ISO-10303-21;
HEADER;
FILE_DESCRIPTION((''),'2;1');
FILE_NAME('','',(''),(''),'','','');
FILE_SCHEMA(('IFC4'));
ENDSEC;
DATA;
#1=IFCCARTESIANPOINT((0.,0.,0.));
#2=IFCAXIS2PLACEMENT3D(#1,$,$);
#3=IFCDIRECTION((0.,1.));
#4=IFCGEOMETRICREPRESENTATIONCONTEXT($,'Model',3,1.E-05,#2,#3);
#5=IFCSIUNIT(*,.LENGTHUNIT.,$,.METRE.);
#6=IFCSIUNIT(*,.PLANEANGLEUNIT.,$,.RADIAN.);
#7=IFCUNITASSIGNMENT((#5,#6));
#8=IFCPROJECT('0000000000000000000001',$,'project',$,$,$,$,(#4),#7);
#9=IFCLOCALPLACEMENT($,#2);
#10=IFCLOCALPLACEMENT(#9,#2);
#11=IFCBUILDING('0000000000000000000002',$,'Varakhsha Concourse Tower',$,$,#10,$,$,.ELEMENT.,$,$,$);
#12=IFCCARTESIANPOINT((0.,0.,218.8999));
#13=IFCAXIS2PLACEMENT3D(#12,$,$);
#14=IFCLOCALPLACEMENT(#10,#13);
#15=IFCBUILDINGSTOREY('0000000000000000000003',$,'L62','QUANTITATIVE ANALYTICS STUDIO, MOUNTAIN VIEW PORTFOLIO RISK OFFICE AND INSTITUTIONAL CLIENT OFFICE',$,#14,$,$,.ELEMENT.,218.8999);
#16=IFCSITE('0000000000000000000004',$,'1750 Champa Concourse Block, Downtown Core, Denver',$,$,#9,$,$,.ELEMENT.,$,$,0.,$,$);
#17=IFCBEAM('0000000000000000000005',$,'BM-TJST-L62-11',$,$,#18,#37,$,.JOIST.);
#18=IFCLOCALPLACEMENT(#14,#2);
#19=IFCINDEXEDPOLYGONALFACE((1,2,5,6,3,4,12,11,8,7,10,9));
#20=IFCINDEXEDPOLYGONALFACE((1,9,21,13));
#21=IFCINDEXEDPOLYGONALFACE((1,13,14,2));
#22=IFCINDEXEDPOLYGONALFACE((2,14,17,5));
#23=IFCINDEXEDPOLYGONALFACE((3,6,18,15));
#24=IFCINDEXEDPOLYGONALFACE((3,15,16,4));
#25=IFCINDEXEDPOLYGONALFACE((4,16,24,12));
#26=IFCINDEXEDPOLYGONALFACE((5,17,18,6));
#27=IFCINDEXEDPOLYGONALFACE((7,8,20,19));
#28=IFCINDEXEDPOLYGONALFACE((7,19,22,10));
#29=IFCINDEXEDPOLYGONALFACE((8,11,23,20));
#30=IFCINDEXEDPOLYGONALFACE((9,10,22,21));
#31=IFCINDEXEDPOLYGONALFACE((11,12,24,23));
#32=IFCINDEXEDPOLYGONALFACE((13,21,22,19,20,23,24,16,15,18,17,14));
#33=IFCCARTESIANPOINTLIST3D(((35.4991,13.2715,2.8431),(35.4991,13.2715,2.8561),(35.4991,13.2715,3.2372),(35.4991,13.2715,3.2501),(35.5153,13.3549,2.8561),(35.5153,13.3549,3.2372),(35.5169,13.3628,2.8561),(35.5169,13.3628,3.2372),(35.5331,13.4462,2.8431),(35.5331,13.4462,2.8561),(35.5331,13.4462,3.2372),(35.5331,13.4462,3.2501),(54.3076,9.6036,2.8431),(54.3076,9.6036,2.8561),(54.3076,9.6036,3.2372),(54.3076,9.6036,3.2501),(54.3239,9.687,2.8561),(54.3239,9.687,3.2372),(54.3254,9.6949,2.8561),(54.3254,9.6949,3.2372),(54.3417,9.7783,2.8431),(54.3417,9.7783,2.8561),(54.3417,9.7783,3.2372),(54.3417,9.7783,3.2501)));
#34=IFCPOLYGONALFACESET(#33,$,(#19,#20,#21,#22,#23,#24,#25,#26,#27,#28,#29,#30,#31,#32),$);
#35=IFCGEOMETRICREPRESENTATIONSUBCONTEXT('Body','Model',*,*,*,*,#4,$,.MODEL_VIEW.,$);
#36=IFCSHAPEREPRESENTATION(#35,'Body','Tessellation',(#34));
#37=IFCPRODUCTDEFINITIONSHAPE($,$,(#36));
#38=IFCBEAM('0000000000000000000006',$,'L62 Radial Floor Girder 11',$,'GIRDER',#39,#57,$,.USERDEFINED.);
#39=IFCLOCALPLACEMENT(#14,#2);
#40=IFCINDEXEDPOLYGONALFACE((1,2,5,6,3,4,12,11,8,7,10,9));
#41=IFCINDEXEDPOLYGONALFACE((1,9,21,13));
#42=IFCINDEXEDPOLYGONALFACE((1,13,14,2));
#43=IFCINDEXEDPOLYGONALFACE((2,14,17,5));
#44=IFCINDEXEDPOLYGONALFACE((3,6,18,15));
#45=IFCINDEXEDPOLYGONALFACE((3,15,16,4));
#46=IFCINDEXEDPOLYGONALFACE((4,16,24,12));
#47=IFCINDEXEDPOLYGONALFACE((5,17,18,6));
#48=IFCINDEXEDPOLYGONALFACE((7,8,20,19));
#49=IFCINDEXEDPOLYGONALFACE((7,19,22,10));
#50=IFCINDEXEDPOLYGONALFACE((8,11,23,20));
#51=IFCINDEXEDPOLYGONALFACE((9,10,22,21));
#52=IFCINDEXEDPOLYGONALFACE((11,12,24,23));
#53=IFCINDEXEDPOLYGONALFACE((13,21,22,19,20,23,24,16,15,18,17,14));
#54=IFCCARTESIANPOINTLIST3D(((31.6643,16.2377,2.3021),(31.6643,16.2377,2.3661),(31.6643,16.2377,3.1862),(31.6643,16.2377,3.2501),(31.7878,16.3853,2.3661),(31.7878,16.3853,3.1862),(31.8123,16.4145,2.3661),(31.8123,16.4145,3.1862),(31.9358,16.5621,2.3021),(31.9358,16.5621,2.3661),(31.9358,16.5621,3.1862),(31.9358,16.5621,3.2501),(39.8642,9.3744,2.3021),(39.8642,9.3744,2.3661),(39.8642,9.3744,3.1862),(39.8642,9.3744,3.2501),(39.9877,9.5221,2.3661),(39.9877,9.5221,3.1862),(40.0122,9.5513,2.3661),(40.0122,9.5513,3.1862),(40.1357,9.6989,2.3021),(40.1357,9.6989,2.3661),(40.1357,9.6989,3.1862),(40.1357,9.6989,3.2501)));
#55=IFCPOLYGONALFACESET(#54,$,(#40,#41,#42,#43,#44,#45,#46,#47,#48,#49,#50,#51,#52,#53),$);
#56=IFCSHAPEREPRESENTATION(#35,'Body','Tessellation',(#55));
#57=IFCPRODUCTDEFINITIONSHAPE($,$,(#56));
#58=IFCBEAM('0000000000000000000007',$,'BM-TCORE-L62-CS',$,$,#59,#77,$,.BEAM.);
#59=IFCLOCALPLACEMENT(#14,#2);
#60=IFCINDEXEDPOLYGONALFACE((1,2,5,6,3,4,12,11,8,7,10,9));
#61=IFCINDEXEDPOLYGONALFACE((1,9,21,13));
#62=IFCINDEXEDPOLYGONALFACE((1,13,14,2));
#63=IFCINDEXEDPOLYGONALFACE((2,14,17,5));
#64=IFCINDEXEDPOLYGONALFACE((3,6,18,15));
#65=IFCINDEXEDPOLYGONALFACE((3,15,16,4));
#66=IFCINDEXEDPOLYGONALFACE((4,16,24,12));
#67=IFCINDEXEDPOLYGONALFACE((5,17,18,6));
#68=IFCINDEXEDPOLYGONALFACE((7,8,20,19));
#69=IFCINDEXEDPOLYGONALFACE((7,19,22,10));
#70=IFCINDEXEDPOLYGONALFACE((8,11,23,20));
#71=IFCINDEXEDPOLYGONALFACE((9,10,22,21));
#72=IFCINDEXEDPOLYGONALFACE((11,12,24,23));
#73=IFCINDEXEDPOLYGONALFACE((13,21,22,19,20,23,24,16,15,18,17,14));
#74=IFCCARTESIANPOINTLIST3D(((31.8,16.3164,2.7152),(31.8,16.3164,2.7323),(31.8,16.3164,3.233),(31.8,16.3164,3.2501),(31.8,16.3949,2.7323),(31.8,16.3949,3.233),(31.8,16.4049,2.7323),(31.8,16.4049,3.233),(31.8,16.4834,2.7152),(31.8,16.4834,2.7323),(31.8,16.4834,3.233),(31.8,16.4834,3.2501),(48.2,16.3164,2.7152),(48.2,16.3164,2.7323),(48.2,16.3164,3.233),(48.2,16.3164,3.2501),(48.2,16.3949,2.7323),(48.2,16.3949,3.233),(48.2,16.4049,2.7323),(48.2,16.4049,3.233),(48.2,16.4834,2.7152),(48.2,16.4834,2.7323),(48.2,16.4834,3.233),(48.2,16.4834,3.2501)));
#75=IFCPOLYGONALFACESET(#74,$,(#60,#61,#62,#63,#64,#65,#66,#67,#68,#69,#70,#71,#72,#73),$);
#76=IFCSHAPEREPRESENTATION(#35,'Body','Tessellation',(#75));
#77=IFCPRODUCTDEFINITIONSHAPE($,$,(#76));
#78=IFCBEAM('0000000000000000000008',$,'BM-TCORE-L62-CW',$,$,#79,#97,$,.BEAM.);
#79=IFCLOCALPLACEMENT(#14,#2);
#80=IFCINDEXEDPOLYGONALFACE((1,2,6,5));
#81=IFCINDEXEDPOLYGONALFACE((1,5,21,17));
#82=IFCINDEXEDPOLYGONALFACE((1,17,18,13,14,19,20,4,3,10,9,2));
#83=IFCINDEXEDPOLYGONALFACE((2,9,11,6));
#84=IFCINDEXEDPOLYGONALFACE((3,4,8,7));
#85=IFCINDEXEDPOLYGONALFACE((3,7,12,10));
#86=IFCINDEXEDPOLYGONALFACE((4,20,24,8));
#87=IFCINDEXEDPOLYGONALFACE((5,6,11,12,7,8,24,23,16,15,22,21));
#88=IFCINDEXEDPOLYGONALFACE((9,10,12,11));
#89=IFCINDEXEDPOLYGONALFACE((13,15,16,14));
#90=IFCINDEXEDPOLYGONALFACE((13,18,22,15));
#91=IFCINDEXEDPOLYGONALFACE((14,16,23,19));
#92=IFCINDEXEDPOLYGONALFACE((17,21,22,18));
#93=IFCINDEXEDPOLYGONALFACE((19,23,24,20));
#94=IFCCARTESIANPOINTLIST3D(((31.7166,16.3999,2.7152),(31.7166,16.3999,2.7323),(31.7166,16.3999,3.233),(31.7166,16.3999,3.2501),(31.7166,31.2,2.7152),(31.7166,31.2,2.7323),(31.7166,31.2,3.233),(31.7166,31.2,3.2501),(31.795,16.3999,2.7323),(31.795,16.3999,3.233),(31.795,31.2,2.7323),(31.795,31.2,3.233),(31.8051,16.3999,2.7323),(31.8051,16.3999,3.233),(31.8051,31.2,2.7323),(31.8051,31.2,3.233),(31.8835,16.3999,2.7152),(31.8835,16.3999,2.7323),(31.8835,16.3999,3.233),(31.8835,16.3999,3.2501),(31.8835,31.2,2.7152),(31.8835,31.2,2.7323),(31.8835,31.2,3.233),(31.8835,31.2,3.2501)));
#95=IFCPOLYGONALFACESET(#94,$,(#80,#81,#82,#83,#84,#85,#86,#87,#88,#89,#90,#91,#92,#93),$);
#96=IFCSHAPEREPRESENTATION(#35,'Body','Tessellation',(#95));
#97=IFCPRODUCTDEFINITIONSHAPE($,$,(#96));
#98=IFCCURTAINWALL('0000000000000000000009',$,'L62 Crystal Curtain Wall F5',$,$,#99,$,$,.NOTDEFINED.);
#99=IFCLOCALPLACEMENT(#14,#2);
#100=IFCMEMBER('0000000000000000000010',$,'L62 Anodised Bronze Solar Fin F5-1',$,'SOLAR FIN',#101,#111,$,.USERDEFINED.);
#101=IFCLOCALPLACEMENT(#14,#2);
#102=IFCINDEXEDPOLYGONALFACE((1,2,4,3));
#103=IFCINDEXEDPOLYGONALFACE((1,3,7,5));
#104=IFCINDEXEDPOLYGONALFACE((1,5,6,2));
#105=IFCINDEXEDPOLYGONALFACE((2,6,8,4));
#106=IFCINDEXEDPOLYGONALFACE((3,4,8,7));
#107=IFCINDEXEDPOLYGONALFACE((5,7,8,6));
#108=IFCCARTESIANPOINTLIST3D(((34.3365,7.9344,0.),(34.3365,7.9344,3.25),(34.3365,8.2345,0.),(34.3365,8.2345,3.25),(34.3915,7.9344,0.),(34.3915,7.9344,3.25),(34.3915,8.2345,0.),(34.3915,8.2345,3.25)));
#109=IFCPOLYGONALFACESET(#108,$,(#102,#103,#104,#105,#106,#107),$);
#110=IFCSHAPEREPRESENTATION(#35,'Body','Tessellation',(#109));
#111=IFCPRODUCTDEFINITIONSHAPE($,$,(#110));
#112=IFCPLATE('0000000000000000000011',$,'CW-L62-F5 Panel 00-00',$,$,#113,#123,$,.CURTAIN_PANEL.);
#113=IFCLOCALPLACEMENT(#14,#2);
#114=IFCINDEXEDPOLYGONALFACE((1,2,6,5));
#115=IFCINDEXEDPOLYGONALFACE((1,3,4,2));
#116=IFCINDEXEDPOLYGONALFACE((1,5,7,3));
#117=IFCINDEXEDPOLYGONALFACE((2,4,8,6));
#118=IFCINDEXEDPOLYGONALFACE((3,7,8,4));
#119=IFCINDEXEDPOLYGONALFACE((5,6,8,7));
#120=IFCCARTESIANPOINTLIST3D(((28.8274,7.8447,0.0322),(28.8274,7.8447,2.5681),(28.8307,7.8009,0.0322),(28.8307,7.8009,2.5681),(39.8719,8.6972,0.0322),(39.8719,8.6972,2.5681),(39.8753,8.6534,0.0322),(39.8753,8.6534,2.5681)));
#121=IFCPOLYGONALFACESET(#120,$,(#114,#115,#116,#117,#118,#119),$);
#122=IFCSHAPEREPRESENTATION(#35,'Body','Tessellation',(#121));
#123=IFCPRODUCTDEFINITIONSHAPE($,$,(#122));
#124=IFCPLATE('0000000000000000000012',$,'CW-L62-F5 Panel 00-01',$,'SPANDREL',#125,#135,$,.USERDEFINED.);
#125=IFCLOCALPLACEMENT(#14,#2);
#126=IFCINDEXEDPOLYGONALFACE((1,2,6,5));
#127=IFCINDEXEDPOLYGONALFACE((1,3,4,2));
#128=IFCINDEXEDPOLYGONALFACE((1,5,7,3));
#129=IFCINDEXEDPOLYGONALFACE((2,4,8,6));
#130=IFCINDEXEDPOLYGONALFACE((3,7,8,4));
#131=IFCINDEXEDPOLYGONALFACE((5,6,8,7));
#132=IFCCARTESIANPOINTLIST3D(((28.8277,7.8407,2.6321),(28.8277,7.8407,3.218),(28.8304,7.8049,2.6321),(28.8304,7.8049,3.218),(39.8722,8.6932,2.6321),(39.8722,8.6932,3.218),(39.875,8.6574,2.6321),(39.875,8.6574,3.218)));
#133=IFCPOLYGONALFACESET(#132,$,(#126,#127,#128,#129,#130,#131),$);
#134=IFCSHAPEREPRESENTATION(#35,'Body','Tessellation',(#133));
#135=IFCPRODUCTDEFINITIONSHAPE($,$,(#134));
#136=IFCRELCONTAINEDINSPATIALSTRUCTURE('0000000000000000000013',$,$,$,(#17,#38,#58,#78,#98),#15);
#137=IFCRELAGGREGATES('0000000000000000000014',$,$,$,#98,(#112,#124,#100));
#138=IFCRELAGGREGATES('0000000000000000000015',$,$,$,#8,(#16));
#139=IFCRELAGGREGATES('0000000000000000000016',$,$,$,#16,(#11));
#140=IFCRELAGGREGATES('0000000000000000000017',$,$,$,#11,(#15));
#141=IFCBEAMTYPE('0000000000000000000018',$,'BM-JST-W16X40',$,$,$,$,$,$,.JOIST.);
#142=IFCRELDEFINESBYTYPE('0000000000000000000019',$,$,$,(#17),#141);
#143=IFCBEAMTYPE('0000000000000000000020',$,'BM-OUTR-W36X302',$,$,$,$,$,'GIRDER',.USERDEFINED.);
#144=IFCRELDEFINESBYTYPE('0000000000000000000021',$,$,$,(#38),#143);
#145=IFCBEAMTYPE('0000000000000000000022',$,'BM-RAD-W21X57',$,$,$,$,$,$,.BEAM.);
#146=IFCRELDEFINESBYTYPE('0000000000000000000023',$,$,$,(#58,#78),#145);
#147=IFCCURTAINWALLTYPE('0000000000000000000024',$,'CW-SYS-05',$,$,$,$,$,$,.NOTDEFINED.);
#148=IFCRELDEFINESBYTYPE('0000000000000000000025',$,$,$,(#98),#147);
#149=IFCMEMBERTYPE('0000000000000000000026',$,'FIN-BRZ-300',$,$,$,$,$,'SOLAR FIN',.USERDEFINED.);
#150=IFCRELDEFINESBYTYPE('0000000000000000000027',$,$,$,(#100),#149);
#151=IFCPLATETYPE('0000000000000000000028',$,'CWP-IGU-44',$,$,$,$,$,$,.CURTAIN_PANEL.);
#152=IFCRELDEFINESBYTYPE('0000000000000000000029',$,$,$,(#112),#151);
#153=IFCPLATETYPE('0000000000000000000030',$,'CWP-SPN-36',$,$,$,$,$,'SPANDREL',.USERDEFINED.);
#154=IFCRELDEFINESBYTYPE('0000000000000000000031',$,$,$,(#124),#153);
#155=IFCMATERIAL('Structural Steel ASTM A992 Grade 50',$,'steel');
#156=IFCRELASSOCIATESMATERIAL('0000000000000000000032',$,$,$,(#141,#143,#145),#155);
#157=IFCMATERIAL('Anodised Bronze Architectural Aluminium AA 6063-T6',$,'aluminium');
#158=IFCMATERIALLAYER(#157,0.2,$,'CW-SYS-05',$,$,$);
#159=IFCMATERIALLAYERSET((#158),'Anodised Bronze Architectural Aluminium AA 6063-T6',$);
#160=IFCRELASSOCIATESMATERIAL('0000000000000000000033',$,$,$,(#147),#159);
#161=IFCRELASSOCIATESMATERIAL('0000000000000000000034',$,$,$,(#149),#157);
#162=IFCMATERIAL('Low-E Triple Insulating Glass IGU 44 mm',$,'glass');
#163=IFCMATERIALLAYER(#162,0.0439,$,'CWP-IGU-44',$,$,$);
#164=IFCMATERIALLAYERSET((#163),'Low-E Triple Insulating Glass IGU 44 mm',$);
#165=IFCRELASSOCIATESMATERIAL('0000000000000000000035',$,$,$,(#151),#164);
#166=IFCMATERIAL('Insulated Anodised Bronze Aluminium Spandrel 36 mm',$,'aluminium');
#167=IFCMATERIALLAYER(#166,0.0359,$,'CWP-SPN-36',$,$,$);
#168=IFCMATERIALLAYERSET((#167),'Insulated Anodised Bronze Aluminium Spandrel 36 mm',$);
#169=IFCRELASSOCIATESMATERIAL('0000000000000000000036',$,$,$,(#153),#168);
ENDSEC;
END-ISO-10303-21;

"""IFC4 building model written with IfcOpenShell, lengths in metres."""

from ifc_helpers import new_model, si_unit, direction, frame, origin, origin_2d, place, context, subcontext, project, spatial, rectangle, i_section, extrude, source, transform, mapped, material, layer, layer_set, material_profile, profile_set, type_object, type_shapes, element, aggregate, save


model = new_model("IFC4")

# Units and contexts
model_context = context("Model", 3, precision=1e-05, world=origin(), true_north=direction((0.0, 1.0)))
body_context = subcontext(model_context, "Body", "Model", "MODEL_VIEW")
ifc_project = project(units=[si_unit("LENGTHUNIT", "METRE"), si_unit("PLANEANGLEUNIT", "RADIAN")], contexts=[model_context])

# Site, building, storey
site_placement = place(None, origin())
site = spatial("IfcSite", under=ifc_project, at=site_placement, Name="1750 Champa Concourse Block, Downtown Core, Denver", CompositionType="ELEMENT", RefElevation=0.0)
building_placement = place(site_placement, origin())
building = spatial("IfcBuilding", under=site, at=building_placement, Name="Varakhsha Concourse Tower", CompositionType="ELEMENT")
storey_placement = place(building_placement, frame((0.0, 0.0, 218.8999)))
storey = spatial("IfcBuildingStorey", under=building, at=storey_placement, Name="L62", Description="QUANTITATIVE ANALYTICS STUDIO, MOUNTAIN VIEW PORTFOLIO RISK OFFICE AND INSTITUTIONAL CLIENT OFFICE", CompositionType="ELEMENT", Elevation=218.8999)

# Beams
ifc_material_1 = material(Name="Structural Steel ASTM A992 Grade 50", Category="steel")
ifc_material_profile_1 = material_profile(ifc_material_1, i_section(OverallWidth=0.178, OverallDepth=0.407, WebThickness=0.0081, FlangeThickness=0.0129, at=origin_2d()), Name="W16X40")
ifc_profile_set_1 = profile_set([ifc_material_profile_1], Name="Structural Steel ASTM A992 Grade 50")
beam_type_1 = type_object("IfcBeamType", Name="BM-JST-W16X40", PredefinedType="JOIST", material=ifc_profile_set_1)
beam_1_placement = place(storey_placement, frame((35.5161, 13.3589, 3.0466), z_axis=(0.98151, -0.19141, 0.0), x_axis=(0.19141, 0.98151, 0.0)))
element("IfcBeam", 1, at=beam_1_placement, inside=storey, type_object=beam_type_1, Name="BM-TJST-L62-11", PredefinedType="JOIST", context=body_context, shape_type="SweptSolid", body=[
    extrude(i_section(OverallWidth=0.178, OverallDepth=0.407, WebThickness=0.0081, FlangeThickness=0.0129, at=origin_2d()), origin(), (0.0, 0.0, 1.0), 19.1628),
])
ifc_material_profile_2 = material_profile(ifc_material_1, i_section(OverallWidth=0.4231, OverallDepth=0.948, WebThickness=0.0381, FlangeThickness=0.064, at=origin_2d()), Name="W36X302")
ifc_profile_set_2 = profile_set([ifc_material_profile_2], Name="Structural Steel ASTM A992 Grade 50")
beam_type_2 = type_object("IfcBeamType", Name="BM-OUTR-W36X302", ElementType="GIRDER", PredefinedType="USERDEFINED", material=ifc_profile_set_2)
beam_2_placement = place(storey_placement, frame((31.8, 16.3999, 2.7761), z_axis=(0.76684, -0.641838, 0.0), x_axis=(0.641838, 0.76684, 0.0)))
element("IfcBeam", 2, at=beam_2_placement, inside=storey, type_object=beam_type_2, Name="L62 Radial Floor Girder 11", ObjectType="GIRDER", PredefinedType="USERDEFINED", context=body_context, shape_type="SweptSolid", body=[
    extrude(i_section(OverallWidth=0.4231, OverallDepth=0.948, WebThickness=0.0381, FlangeThickness=0.064, at=origin_2d()), origin(), (0.0, 0.0, 1.0), 10.6931),
])
ifc_material_profile_3 = material_profile(ifc_material_1, i_section(OverallWidth=0.167, OverallDepth=0.5349, WebThickness=0.01, FlangeThickness=0.0171, at=origin_2d()), Name="W21X57")
ifc_profile_set_3 = profile_set([ifc_material_profile_3], Name="Structural Steel ASTM A992 Grade 50")
beam_type_3 = type_object("IfcBeamType", Name="BM-RAD-W21X57", PredefinedType="BEAM", material=ifc_profile_set_3)
beam_3_placement = place(storey_placement, frame((31.8, 16.3999, 2.9827), z_axis=(1.0, 0.0, 0.0), x_axis=(0.0, 1.0, 0.0)))
element("IfcBeam", 3, at=beam_3_placement, inside=storey, type_object=beam_type_3, Name="BM-TCORE-L62-CS", PredefinedType="BEAM", context=body_context, shape_type="SweptSolid", body=[
    extrude(i_section(OverallWidth=0.167, OverallDepth=0.5349, WebThickness=0.01, FlangeThickness=0.0171, at=origin_2d()), origin(), (0.0, 0.0, 1.0), 16.3999),
])
beam_4_placement = place(storey_placement, frame((31.8, 16.3999, 2.9827), z_axis=(0.0, 1.0, 0.0), x_axis=(-1.0, 0.0, 0.0)))
element("IfcBeam", 4, at=beam_4_placement, inside=storey, type_object=beam_type_3, Name="BM-TCORE-L62-CW", PredefinedType="BEAM", context=body_context, shape_type="SweptSolid", body=[
    extrude(i_section(OverallWidth=0.167, OverallDepth=0.5349, WebThickness=0.01, FlangeThickness=0.0171, at=origin_2d()), origin(), (0.0, 0.0, 1.0), 14.8),
])

# Curtain wall, member, plates
ifc_material_2 = material(Name="Anodised Bronze Architectural Aluminium AA 6063-T6", Category="aluminium")
ifc_layer_1 = layer(ifc_material_2, 0.2, Name="CW-SYS-05")
ifc_layer_set_1 = layer_set([ifc_layer_1], Name="Anodised Bronze Architectural Aluminium AA 6063-T6")
curtain_wall_type = type_object("IfcCurtainWallType", Name="CW-SYS-05", PredefinedType="NOTDEFINED", material=ifc_layer_set_1)
curtain_wall_placement = place(storey_placement, origin())
curtain_wall = element("IfcCurtainWall", 5, at=curtain_wall_placement, inside=storey, type_object=curtain_wall_type, Name="L62 Crystal Curtain Wall F5", PredefinedType="NOTDEFINED")
ifc_material_profile_4 = material_profile(ifc_material_2, rectangle(XDim=0.0549, YDim=0.3, at=origin_2d()), Name="FIN-BRZ-300")
ifc_profile_set_4 = profile_set([ifc_material_profile_4], Name="Anodised Bronze Architectural Aluminium AA 6063-T6")
member_type = type_object("IfcMemberType", Name="FIN-BRZ-300", ElementType="SOLAR FIN", PredefinedType="USERDEFINED", material=ifc_profile_set_4)
shared_shape_1 = source(origin(), body_context, "Body", "SweptSolid", [
    extrude(rectangle(XDim=0.0549, YDim=0.3, at=origin_2d()), origin(), (0.0, 0.0, 1.0), 3.25),
])
type_shapes(member_type, [shared_shape_1])
member_placement = place(storey_placement, frame((34.364, 8.0845, 0.0), z_axis=(0.0, 0.0, 1.0), x_axis=(1.0, 0.0, 0.0)))
member = element("IfcMember", 6, at=member_placement, type_object=member_type, Name="L62 Anodised Bronze Solar Fin F5-1", ObjectType="SOLAR FIN", PredefinedType="USERDEFINED", context=body_context, shape_type="MappedRepresentation", body=[
    mapped(shared_shape_1, transform((0.0, 0.0, 0.0), scale=1.0)),
])
ifc_material_3 = material(Name="Low-E Triple Insulating Glass IGU 44 mm", Category="glass")
ifc_layer_2 = layer(ifc_material_3, 0.0439, Name="CWP-IGU-44")
ifc_layer_set_2 = layer_set([ifc_layer_2], Name="Low-E Triple Insulating Glass IGU 44 mm")
plate_type_1 = type_object("IfcPlateType", Name="CWP-IGU-44", PredefinedType="CURTAIN_PANEL", material=ifc_layer_set_2)
shared_shape_2 = source(origin(), body_context, "Body", "SweptSolid", [
    extrude(rectangle(XDim=11.0774, YDim=0.0439, at=origin_2d()), origin(), (0.0, 0.0, 1.0), 2.5359),
])
type_shapes(plate_type_1, [shared_shape_2])
plate_1_placement = place(storey_placement, frame((34.3513, 8.249, 0.0322), z_axis=(0.0, 0.0, 1.0), x_axis=(-0.997034, -0.076961, 0.0)))
plate_1 = element("IfcPlate", 7, at=plate_1_placement, type_object=plate_type_1, Name="CW-L62-F5 Panel 00-00", PredefinedType="CURTAIN_PANEL", context=body_context, shape_type="MappedRepresentation", body=[
    mapped(shared_shape_2, transform((0.0, 0.0, 0.0), scale=1.0)),
])
ifc_material_4 = material(Name="Insulated Anodised Bronze Aluminium Spandrel 36 mm", Category="aluminium")
ifc_layer_3 = layer(ifc_material_4, 0.0359, Name="CWP-SPN-36")
ifc_layer_set_3 = layer_set([ifc_layer_3], Name="Insulated Anodised Bronze Aluminium Spandrel 36 mm")
plate_type_2 = type_object("IfcPlateType", Name="CWP-SPN-36", ElementType="SPANDREL", PredefinedType="USERDEFINED", material=ifc_layer_set_3)
shared_shape_3 = source(origin(), body_context, "Body", "SweptSolid", [
    extrude(rectangle(XDim=11.0774, YDim=0.0359, at=origin_2d()), origin(), (0.0, 0.0, 1.0), 0.5859),
])
type_shapes(plate_type_2, [shared_shape_3])
plate_2_placement = place(storey_placement, frame((34.3513, 8.249, 2.6321), z_axis=(0.0, 0.0, 1.0), x_axis=(-0.997034, -0.076961, 0.0)))
plate_2 = element("IfcPlate", 8, at=plate_2_placement, type_object=plate_type_2, Name="CW-L62-F5 Panel 00-01", ObjectType="SPANDREL", PredefinedType="USERDEFINED", context=body_context, shape_type="MappedRepresentation", body=[
    mapped(shared_shape_3, transform((0.0, 0.0, 0.0), scale=1.0)),
])
aggregate(curtain_wall, [plate_1, plate_2, member])

save(model, "model.ifc")
